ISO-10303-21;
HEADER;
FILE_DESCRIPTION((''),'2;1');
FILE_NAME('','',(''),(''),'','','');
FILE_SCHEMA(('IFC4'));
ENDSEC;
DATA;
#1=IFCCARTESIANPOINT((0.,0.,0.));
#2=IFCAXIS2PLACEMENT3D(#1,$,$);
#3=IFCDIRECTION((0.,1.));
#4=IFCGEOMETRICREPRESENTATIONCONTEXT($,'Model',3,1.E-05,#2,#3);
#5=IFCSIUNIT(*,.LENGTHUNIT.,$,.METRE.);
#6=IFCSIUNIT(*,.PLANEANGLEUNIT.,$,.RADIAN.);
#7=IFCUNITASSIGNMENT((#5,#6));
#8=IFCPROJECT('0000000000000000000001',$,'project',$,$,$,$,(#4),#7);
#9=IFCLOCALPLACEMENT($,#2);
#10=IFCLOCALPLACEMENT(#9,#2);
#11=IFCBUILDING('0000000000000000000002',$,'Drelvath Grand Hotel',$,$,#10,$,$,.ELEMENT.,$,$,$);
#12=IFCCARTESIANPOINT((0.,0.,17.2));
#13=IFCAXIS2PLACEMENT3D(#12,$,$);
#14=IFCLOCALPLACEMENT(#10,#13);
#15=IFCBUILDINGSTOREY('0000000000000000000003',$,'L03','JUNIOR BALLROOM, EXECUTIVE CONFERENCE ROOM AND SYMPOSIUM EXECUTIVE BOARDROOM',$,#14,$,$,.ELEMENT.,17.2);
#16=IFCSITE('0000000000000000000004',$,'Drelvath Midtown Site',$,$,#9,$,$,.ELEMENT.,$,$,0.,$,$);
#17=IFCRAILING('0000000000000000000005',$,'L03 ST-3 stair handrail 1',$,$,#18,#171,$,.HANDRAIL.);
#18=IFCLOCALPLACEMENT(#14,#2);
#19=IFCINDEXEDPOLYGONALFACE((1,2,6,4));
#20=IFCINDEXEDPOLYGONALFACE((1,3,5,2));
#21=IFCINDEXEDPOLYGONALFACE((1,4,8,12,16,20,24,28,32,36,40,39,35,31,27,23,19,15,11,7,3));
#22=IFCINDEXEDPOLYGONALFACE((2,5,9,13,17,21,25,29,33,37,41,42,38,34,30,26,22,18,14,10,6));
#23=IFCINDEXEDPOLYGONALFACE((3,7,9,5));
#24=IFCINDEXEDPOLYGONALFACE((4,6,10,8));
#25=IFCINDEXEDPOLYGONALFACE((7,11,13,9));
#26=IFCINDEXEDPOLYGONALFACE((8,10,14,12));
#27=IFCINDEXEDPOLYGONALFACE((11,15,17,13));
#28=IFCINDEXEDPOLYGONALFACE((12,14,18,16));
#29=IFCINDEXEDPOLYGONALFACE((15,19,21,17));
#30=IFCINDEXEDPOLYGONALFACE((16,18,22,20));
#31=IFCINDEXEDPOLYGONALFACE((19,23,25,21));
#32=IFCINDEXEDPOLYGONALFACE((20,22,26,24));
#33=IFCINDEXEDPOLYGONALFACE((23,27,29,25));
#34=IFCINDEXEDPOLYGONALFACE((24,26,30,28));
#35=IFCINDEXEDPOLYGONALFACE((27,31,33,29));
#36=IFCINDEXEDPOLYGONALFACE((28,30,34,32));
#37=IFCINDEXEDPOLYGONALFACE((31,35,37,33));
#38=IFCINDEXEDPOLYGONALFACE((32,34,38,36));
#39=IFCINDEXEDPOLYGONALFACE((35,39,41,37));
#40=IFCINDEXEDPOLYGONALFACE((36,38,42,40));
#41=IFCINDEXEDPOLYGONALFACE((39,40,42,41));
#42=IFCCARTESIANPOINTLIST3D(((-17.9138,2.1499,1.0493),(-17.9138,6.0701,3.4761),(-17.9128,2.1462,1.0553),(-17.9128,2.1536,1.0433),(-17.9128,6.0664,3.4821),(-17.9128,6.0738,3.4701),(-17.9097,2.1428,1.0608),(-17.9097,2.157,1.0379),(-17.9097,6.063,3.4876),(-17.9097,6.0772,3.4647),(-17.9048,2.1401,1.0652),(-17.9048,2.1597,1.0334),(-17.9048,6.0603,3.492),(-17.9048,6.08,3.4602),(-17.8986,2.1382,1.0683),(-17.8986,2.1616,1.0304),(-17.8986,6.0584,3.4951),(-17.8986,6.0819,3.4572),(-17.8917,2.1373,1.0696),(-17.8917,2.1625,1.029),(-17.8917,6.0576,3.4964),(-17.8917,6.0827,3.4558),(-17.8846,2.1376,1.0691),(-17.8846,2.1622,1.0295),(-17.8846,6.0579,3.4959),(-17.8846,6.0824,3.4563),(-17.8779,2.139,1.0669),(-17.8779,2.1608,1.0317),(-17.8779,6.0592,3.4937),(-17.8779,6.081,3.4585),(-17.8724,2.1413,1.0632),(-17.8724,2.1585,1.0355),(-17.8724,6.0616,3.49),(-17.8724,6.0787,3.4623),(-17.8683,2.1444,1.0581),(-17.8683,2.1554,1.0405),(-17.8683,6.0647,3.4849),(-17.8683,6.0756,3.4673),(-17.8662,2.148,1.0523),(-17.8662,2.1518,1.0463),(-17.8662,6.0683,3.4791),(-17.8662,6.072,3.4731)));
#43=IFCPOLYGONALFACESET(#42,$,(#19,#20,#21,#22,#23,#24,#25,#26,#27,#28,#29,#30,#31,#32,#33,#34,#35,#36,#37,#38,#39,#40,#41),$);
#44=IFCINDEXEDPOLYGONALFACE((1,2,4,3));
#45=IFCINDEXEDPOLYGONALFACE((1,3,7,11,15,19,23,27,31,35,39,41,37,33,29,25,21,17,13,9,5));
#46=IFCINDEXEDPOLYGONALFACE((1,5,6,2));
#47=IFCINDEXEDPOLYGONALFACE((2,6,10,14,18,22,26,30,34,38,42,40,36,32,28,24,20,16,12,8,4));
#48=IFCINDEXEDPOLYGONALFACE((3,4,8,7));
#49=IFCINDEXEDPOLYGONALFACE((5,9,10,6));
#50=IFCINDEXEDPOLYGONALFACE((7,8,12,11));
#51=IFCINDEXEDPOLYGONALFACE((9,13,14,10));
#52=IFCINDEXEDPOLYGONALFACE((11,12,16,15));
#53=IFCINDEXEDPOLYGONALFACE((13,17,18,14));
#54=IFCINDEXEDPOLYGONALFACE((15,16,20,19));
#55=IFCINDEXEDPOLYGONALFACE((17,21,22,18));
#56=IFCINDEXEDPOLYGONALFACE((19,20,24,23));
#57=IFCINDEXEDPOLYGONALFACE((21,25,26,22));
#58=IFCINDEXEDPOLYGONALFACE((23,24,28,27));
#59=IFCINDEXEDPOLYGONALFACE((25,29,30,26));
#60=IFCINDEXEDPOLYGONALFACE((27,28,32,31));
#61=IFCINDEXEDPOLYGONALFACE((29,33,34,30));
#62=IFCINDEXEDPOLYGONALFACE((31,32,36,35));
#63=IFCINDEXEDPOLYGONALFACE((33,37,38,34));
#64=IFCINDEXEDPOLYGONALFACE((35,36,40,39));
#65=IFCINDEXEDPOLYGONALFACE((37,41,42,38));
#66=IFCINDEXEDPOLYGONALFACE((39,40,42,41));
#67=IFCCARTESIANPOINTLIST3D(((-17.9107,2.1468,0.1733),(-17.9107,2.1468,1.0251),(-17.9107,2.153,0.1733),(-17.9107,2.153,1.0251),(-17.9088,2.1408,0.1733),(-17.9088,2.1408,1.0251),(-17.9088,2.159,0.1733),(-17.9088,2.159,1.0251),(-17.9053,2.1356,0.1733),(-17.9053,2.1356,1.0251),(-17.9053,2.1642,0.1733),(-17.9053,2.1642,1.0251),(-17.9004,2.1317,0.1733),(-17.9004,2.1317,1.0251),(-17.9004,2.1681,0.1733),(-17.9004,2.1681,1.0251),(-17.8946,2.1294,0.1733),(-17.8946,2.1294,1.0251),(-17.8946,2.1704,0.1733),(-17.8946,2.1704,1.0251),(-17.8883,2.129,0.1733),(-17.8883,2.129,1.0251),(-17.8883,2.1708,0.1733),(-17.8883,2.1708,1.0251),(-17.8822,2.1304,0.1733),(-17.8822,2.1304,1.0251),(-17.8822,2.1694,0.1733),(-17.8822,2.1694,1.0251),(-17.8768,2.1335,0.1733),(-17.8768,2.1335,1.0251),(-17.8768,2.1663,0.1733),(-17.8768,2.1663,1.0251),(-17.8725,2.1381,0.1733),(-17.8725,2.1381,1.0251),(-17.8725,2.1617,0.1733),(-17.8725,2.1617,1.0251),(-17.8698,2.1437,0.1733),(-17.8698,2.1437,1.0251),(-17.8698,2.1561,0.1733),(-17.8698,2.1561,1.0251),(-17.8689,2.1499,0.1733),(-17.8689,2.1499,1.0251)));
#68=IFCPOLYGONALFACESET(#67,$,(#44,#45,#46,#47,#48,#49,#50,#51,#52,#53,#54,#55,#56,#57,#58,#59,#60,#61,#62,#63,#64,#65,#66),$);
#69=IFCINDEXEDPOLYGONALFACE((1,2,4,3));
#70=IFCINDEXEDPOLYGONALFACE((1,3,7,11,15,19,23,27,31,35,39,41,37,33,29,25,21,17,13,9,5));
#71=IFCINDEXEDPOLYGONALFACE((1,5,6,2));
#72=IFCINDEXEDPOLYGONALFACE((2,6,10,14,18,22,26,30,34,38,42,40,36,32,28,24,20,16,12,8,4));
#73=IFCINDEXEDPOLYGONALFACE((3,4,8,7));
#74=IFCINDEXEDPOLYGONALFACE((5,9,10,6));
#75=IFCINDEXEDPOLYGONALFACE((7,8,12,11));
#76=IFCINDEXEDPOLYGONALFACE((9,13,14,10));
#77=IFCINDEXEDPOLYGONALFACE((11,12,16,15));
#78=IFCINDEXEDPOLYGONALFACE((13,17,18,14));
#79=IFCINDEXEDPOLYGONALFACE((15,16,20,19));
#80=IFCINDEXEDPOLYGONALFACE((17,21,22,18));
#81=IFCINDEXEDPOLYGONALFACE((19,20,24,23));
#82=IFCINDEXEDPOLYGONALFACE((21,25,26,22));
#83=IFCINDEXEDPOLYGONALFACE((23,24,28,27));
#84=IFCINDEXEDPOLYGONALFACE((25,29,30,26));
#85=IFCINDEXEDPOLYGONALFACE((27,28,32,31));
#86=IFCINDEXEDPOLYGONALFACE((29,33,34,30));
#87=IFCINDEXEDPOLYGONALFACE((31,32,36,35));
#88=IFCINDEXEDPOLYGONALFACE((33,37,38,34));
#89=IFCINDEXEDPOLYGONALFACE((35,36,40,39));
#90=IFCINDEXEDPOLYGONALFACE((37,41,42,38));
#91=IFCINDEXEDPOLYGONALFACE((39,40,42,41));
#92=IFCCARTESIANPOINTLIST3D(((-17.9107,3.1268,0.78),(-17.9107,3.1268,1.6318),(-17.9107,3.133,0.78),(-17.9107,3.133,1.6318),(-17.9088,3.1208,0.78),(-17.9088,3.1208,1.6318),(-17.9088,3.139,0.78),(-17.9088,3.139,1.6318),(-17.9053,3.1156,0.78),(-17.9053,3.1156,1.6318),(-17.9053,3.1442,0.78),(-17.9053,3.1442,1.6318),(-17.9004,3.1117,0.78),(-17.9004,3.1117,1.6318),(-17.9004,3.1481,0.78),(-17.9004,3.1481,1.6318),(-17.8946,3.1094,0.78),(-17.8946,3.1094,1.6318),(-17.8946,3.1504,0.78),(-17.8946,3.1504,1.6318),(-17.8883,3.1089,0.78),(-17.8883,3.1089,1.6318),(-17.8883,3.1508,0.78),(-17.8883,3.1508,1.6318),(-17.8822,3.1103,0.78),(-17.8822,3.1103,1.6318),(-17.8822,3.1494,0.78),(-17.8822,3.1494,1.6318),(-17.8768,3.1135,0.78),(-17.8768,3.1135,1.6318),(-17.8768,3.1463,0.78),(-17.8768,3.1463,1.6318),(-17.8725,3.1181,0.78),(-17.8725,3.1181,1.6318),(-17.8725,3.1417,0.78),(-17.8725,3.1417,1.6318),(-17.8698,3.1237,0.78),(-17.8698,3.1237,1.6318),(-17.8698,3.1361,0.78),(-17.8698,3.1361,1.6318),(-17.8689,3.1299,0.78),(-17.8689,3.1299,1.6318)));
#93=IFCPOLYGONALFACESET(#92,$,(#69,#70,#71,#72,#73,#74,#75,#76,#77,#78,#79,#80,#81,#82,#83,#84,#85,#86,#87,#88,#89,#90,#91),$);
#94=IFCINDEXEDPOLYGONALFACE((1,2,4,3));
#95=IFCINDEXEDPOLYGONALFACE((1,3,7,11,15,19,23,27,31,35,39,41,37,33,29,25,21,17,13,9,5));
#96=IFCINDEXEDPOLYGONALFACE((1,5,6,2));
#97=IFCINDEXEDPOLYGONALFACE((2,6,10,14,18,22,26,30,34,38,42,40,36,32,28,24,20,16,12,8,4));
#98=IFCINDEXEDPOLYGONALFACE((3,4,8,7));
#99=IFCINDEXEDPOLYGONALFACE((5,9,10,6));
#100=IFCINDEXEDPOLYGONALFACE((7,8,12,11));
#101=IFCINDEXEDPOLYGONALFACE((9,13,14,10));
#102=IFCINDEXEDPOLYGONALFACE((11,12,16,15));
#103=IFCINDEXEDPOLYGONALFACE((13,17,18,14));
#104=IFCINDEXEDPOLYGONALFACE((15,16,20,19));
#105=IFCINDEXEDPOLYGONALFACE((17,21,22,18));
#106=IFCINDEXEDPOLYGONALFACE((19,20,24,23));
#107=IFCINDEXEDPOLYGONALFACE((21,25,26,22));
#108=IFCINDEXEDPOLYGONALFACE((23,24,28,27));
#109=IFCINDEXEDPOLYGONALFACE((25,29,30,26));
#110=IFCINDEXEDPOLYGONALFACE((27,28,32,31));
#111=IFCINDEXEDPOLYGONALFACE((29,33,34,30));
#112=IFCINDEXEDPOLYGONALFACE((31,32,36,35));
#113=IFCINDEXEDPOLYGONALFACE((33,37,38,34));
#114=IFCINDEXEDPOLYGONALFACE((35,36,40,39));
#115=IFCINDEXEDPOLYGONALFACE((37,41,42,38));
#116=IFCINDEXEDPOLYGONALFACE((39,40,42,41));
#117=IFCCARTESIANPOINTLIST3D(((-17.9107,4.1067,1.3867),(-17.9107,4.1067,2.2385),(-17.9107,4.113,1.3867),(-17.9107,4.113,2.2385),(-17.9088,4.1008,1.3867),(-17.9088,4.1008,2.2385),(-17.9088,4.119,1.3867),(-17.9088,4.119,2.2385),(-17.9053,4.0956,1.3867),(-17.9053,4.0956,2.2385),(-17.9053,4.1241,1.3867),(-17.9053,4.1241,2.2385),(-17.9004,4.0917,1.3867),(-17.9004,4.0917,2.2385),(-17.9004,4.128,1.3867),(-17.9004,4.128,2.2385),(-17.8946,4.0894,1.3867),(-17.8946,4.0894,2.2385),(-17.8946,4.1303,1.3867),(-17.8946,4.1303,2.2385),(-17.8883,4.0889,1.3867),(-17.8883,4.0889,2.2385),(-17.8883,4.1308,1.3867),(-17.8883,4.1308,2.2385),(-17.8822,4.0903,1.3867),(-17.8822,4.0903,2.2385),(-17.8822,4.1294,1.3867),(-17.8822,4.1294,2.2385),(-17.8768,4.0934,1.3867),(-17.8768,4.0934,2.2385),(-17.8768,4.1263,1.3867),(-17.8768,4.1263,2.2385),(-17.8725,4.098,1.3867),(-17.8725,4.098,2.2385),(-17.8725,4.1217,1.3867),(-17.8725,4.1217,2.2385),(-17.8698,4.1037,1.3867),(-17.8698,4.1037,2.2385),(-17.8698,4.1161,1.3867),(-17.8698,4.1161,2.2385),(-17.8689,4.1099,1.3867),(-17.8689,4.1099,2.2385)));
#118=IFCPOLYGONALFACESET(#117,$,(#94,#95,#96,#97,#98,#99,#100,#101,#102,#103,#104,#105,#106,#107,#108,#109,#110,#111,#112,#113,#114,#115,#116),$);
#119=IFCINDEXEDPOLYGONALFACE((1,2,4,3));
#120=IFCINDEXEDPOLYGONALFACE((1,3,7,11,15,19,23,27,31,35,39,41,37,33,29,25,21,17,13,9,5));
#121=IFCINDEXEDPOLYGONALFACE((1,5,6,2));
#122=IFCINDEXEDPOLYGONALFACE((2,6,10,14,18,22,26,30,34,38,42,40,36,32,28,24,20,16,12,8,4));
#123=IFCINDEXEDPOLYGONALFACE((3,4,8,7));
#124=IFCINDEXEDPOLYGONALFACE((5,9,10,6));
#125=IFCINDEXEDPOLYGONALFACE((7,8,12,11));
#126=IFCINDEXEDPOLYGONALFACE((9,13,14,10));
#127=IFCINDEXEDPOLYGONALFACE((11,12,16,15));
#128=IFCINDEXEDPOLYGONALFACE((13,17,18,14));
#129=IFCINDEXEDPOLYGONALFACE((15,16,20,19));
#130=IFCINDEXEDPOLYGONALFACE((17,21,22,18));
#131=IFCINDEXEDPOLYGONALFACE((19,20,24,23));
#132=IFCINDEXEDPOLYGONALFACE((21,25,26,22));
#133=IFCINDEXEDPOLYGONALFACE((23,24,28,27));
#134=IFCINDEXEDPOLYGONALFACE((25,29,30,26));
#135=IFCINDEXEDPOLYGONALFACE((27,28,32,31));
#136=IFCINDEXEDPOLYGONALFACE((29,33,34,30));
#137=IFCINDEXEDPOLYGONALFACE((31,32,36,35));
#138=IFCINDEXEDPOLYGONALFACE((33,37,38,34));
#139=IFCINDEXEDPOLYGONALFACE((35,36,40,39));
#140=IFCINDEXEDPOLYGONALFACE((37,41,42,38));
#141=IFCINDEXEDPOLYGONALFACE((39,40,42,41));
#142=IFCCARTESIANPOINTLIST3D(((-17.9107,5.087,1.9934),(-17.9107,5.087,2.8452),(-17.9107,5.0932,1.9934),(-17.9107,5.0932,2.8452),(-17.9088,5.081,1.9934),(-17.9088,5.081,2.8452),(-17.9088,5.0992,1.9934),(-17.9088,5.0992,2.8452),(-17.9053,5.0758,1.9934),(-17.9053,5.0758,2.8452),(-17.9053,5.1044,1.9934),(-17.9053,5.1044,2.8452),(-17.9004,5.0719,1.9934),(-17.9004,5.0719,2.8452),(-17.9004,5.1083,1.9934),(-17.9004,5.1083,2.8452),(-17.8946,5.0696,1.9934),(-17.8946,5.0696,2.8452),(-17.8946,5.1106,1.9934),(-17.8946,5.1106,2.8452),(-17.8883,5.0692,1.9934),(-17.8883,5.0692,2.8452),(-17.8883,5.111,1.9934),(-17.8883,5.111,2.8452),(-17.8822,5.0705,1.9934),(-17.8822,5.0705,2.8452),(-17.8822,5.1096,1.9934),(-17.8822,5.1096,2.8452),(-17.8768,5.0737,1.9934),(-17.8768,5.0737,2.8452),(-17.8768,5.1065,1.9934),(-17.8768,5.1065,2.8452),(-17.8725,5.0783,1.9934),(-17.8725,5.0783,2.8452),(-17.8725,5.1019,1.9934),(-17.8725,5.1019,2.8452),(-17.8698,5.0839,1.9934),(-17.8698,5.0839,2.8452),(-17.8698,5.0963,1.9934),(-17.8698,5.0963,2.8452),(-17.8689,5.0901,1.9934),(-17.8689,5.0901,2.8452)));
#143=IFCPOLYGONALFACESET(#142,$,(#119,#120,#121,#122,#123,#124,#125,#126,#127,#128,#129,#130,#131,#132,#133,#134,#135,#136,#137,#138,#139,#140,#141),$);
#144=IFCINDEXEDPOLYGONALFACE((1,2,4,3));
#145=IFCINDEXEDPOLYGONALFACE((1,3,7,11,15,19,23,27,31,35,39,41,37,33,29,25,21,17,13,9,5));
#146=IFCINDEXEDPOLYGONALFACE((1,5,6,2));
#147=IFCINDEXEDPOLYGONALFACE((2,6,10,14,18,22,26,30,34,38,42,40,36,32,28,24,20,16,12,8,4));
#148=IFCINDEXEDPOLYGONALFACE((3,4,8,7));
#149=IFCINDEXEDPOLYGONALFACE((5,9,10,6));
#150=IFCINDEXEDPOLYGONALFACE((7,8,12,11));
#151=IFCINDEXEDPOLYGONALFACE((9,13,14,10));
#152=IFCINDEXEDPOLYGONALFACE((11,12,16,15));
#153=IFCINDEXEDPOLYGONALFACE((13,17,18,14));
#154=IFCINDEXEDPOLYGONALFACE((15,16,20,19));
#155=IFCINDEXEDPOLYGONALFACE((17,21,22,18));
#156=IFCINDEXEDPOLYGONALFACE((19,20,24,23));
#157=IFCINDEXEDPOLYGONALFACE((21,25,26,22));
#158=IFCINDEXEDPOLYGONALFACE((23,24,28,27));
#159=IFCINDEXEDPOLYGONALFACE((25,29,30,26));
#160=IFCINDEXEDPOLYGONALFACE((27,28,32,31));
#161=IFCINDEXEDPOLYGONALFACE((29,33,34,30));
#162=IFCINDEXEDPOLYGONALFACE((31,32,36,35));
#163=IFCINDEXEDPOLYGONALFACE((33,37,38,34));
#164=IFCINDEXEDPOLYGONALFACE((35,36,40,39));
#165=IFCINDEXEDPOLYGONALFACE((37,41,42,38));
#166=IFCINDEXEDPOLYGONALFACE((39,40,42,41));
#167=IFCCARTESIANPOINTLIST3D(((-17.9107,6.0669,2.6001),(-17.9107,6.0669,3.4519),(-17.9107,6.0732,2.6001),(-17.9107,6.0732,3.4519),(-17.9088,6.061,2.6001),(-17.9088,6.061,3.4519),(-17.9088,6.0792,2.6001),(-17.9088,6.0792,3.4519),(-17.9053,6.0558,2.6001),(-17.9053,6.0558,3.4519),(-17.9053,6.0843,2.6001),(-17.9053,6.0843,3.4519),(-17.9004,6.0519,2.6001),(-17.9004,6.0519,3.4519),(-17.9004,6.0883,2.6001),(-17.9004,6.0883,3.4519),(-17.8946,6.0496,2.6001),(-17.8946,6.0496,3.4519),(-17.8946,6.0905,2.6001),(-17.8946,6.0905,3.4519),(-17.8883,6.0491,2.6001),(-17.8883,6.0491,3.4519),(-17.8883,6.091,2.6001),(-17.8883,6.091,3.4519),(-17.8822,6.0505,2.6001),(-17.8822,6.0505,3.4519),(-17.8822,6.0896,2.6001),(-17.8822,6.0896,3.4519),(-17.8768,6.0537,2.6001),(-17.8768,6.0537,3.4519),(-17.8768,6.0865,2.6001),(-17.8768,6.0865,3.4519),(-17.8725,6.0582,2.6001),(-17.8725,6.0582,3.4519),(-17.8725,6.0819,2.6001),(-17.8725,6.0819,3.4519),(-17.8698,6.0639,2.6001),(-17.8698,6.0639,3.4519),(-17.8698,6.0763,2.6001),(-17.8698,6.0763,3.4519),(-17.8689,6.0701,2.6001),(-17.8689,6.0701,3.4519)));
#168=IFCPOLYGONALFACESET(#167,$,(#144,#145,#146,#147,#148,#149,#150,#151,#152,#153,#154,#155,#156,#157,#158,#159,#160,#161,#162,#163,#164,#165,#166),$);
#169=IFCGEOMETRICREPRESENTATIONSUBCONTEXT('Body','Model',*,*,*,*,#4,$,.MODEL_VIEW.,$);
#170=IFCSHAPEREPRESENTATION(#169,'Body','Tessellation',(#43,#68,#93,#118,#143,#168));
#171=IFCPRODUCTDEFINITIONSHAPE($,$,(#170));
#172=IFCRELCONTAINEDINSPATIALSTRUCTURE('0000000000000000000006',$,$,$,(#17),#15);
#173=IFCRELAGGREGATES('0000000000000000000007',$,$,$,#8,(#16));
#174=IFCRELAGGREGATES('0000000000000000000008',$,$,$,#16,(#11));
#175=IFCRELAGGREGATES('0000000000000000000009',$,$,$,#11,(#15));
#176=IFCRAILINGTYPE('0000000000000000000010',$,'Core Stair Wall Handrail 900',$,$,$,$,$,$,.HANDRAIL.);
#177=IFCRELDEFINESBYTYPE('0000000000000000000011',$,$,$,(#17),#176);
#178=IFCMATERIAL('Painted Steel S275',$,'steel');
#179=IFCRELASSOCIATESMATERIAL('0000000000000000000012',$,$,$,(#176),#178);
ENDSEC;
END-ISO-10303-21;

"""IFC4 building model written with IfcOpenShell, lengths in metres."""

from ifc_helpers import new_model, si_unit, direction, frame, origin, origin_2d, place, context, subcontext, project, spatial, circle, extrude, material, type_object, element, save


model = new_model("IFC4")

# Units and contexts
model_context = context("Model", 3, precision=1e-05, world=origin(), true_north=direction((0.0, 1.0)))
body_context = subcontext(model_context, "Body", "Model", "MODEL_VIEW")
ifc_project = project(units=[si_unit("LENGTHUNIT", "METRE"), si_unit("PLANEANGLEUNIT", "RADIAN")], contexts=[model_context])

# Site, building, storey
site_placement = place(None, origin())
site = spatial("IfcSite", under=ifc_project, at=site_placement, Name="Drelvath Midtown Site", CompositionType="ELEMENT", RefElevation=0.0)
building_placement = place(site_placement, origin())
building = spatial("IfcBuilding", under=site, at=building_placement, Name="Drelvath Grand Hotel", CompositionType="ELEMENT")
storey_placement = place(building_placement, frame((0.0, 0.0, 17.2)))
storey = spatial("IfcBuildingStorey", under=building, at=storey_placement, Name="L03", Description="JUNIOR BALLROOM, EXECUTIVE CONFERENCE ROOM AND SYMPOSIUM EXECUTIVE BOARDROOM", CompositionType="ELEMENT", Elevation=17.2)

# Shared definitions
ifc_material_1 = material(Name="Painted Steel S275", Category="steel")

# Railing
railing_type_1 = type_object("IfcRailingType", Name="Core Stair Wall Handrail 900", PredefinedType="HANDRAIL", material=ifc_material_1)
railing_1_placement = place(storey_placement, frame((-17.8899, 2.1499, 0.1733)))
element("IfcRailing", 1, at=railing_1_placement, inside=storey, type_object=railing_type_1, Name="L03 ST-3 stair handrail 1", PredefinedType="HANDRAIL", context=body_context, shape_type="SweptSolid", body=[
    extrude(circle(Radius=0.0239, at=origin_2d()), frame((0.0, 0.0, 0.876), z_axis=(0.0, 0.850266, 0.526353), x_axis=(-1.0, 0.0, 0.0)), (0.0, 0.0, 1.0), 4.6106),
    extrude(circle(Radius=0.021, at=origin_2d()), origin(), (0.0, 0.0, 1.0), 0.8518),
    extrude(circle(Radius=0.021, at=origin_2d()), frame((0.0, 0.98, 0.6067)), (0.0, 0.0, 1.0), 0.8518),
    extrude(circle(Radius=0.021, at=origin_2d()), frame((0.0, 1.96, 1.2134)), (0.0, 0.0, 1.0), 0.8518),
    extrude(circle(Radius=0.021, at=origin_2d()), frame((0.0, 2.9402, 1.8201)), (0.0, 0.0, 1.0), 0.8518),
    extrude(circle(Radius=0.021, at=origin_2d()), frame((0.0, 3.9202, 2.4268)), (0.0, 0.0, 1.0), 0.8518),
])

save(model, "model.ifc")
